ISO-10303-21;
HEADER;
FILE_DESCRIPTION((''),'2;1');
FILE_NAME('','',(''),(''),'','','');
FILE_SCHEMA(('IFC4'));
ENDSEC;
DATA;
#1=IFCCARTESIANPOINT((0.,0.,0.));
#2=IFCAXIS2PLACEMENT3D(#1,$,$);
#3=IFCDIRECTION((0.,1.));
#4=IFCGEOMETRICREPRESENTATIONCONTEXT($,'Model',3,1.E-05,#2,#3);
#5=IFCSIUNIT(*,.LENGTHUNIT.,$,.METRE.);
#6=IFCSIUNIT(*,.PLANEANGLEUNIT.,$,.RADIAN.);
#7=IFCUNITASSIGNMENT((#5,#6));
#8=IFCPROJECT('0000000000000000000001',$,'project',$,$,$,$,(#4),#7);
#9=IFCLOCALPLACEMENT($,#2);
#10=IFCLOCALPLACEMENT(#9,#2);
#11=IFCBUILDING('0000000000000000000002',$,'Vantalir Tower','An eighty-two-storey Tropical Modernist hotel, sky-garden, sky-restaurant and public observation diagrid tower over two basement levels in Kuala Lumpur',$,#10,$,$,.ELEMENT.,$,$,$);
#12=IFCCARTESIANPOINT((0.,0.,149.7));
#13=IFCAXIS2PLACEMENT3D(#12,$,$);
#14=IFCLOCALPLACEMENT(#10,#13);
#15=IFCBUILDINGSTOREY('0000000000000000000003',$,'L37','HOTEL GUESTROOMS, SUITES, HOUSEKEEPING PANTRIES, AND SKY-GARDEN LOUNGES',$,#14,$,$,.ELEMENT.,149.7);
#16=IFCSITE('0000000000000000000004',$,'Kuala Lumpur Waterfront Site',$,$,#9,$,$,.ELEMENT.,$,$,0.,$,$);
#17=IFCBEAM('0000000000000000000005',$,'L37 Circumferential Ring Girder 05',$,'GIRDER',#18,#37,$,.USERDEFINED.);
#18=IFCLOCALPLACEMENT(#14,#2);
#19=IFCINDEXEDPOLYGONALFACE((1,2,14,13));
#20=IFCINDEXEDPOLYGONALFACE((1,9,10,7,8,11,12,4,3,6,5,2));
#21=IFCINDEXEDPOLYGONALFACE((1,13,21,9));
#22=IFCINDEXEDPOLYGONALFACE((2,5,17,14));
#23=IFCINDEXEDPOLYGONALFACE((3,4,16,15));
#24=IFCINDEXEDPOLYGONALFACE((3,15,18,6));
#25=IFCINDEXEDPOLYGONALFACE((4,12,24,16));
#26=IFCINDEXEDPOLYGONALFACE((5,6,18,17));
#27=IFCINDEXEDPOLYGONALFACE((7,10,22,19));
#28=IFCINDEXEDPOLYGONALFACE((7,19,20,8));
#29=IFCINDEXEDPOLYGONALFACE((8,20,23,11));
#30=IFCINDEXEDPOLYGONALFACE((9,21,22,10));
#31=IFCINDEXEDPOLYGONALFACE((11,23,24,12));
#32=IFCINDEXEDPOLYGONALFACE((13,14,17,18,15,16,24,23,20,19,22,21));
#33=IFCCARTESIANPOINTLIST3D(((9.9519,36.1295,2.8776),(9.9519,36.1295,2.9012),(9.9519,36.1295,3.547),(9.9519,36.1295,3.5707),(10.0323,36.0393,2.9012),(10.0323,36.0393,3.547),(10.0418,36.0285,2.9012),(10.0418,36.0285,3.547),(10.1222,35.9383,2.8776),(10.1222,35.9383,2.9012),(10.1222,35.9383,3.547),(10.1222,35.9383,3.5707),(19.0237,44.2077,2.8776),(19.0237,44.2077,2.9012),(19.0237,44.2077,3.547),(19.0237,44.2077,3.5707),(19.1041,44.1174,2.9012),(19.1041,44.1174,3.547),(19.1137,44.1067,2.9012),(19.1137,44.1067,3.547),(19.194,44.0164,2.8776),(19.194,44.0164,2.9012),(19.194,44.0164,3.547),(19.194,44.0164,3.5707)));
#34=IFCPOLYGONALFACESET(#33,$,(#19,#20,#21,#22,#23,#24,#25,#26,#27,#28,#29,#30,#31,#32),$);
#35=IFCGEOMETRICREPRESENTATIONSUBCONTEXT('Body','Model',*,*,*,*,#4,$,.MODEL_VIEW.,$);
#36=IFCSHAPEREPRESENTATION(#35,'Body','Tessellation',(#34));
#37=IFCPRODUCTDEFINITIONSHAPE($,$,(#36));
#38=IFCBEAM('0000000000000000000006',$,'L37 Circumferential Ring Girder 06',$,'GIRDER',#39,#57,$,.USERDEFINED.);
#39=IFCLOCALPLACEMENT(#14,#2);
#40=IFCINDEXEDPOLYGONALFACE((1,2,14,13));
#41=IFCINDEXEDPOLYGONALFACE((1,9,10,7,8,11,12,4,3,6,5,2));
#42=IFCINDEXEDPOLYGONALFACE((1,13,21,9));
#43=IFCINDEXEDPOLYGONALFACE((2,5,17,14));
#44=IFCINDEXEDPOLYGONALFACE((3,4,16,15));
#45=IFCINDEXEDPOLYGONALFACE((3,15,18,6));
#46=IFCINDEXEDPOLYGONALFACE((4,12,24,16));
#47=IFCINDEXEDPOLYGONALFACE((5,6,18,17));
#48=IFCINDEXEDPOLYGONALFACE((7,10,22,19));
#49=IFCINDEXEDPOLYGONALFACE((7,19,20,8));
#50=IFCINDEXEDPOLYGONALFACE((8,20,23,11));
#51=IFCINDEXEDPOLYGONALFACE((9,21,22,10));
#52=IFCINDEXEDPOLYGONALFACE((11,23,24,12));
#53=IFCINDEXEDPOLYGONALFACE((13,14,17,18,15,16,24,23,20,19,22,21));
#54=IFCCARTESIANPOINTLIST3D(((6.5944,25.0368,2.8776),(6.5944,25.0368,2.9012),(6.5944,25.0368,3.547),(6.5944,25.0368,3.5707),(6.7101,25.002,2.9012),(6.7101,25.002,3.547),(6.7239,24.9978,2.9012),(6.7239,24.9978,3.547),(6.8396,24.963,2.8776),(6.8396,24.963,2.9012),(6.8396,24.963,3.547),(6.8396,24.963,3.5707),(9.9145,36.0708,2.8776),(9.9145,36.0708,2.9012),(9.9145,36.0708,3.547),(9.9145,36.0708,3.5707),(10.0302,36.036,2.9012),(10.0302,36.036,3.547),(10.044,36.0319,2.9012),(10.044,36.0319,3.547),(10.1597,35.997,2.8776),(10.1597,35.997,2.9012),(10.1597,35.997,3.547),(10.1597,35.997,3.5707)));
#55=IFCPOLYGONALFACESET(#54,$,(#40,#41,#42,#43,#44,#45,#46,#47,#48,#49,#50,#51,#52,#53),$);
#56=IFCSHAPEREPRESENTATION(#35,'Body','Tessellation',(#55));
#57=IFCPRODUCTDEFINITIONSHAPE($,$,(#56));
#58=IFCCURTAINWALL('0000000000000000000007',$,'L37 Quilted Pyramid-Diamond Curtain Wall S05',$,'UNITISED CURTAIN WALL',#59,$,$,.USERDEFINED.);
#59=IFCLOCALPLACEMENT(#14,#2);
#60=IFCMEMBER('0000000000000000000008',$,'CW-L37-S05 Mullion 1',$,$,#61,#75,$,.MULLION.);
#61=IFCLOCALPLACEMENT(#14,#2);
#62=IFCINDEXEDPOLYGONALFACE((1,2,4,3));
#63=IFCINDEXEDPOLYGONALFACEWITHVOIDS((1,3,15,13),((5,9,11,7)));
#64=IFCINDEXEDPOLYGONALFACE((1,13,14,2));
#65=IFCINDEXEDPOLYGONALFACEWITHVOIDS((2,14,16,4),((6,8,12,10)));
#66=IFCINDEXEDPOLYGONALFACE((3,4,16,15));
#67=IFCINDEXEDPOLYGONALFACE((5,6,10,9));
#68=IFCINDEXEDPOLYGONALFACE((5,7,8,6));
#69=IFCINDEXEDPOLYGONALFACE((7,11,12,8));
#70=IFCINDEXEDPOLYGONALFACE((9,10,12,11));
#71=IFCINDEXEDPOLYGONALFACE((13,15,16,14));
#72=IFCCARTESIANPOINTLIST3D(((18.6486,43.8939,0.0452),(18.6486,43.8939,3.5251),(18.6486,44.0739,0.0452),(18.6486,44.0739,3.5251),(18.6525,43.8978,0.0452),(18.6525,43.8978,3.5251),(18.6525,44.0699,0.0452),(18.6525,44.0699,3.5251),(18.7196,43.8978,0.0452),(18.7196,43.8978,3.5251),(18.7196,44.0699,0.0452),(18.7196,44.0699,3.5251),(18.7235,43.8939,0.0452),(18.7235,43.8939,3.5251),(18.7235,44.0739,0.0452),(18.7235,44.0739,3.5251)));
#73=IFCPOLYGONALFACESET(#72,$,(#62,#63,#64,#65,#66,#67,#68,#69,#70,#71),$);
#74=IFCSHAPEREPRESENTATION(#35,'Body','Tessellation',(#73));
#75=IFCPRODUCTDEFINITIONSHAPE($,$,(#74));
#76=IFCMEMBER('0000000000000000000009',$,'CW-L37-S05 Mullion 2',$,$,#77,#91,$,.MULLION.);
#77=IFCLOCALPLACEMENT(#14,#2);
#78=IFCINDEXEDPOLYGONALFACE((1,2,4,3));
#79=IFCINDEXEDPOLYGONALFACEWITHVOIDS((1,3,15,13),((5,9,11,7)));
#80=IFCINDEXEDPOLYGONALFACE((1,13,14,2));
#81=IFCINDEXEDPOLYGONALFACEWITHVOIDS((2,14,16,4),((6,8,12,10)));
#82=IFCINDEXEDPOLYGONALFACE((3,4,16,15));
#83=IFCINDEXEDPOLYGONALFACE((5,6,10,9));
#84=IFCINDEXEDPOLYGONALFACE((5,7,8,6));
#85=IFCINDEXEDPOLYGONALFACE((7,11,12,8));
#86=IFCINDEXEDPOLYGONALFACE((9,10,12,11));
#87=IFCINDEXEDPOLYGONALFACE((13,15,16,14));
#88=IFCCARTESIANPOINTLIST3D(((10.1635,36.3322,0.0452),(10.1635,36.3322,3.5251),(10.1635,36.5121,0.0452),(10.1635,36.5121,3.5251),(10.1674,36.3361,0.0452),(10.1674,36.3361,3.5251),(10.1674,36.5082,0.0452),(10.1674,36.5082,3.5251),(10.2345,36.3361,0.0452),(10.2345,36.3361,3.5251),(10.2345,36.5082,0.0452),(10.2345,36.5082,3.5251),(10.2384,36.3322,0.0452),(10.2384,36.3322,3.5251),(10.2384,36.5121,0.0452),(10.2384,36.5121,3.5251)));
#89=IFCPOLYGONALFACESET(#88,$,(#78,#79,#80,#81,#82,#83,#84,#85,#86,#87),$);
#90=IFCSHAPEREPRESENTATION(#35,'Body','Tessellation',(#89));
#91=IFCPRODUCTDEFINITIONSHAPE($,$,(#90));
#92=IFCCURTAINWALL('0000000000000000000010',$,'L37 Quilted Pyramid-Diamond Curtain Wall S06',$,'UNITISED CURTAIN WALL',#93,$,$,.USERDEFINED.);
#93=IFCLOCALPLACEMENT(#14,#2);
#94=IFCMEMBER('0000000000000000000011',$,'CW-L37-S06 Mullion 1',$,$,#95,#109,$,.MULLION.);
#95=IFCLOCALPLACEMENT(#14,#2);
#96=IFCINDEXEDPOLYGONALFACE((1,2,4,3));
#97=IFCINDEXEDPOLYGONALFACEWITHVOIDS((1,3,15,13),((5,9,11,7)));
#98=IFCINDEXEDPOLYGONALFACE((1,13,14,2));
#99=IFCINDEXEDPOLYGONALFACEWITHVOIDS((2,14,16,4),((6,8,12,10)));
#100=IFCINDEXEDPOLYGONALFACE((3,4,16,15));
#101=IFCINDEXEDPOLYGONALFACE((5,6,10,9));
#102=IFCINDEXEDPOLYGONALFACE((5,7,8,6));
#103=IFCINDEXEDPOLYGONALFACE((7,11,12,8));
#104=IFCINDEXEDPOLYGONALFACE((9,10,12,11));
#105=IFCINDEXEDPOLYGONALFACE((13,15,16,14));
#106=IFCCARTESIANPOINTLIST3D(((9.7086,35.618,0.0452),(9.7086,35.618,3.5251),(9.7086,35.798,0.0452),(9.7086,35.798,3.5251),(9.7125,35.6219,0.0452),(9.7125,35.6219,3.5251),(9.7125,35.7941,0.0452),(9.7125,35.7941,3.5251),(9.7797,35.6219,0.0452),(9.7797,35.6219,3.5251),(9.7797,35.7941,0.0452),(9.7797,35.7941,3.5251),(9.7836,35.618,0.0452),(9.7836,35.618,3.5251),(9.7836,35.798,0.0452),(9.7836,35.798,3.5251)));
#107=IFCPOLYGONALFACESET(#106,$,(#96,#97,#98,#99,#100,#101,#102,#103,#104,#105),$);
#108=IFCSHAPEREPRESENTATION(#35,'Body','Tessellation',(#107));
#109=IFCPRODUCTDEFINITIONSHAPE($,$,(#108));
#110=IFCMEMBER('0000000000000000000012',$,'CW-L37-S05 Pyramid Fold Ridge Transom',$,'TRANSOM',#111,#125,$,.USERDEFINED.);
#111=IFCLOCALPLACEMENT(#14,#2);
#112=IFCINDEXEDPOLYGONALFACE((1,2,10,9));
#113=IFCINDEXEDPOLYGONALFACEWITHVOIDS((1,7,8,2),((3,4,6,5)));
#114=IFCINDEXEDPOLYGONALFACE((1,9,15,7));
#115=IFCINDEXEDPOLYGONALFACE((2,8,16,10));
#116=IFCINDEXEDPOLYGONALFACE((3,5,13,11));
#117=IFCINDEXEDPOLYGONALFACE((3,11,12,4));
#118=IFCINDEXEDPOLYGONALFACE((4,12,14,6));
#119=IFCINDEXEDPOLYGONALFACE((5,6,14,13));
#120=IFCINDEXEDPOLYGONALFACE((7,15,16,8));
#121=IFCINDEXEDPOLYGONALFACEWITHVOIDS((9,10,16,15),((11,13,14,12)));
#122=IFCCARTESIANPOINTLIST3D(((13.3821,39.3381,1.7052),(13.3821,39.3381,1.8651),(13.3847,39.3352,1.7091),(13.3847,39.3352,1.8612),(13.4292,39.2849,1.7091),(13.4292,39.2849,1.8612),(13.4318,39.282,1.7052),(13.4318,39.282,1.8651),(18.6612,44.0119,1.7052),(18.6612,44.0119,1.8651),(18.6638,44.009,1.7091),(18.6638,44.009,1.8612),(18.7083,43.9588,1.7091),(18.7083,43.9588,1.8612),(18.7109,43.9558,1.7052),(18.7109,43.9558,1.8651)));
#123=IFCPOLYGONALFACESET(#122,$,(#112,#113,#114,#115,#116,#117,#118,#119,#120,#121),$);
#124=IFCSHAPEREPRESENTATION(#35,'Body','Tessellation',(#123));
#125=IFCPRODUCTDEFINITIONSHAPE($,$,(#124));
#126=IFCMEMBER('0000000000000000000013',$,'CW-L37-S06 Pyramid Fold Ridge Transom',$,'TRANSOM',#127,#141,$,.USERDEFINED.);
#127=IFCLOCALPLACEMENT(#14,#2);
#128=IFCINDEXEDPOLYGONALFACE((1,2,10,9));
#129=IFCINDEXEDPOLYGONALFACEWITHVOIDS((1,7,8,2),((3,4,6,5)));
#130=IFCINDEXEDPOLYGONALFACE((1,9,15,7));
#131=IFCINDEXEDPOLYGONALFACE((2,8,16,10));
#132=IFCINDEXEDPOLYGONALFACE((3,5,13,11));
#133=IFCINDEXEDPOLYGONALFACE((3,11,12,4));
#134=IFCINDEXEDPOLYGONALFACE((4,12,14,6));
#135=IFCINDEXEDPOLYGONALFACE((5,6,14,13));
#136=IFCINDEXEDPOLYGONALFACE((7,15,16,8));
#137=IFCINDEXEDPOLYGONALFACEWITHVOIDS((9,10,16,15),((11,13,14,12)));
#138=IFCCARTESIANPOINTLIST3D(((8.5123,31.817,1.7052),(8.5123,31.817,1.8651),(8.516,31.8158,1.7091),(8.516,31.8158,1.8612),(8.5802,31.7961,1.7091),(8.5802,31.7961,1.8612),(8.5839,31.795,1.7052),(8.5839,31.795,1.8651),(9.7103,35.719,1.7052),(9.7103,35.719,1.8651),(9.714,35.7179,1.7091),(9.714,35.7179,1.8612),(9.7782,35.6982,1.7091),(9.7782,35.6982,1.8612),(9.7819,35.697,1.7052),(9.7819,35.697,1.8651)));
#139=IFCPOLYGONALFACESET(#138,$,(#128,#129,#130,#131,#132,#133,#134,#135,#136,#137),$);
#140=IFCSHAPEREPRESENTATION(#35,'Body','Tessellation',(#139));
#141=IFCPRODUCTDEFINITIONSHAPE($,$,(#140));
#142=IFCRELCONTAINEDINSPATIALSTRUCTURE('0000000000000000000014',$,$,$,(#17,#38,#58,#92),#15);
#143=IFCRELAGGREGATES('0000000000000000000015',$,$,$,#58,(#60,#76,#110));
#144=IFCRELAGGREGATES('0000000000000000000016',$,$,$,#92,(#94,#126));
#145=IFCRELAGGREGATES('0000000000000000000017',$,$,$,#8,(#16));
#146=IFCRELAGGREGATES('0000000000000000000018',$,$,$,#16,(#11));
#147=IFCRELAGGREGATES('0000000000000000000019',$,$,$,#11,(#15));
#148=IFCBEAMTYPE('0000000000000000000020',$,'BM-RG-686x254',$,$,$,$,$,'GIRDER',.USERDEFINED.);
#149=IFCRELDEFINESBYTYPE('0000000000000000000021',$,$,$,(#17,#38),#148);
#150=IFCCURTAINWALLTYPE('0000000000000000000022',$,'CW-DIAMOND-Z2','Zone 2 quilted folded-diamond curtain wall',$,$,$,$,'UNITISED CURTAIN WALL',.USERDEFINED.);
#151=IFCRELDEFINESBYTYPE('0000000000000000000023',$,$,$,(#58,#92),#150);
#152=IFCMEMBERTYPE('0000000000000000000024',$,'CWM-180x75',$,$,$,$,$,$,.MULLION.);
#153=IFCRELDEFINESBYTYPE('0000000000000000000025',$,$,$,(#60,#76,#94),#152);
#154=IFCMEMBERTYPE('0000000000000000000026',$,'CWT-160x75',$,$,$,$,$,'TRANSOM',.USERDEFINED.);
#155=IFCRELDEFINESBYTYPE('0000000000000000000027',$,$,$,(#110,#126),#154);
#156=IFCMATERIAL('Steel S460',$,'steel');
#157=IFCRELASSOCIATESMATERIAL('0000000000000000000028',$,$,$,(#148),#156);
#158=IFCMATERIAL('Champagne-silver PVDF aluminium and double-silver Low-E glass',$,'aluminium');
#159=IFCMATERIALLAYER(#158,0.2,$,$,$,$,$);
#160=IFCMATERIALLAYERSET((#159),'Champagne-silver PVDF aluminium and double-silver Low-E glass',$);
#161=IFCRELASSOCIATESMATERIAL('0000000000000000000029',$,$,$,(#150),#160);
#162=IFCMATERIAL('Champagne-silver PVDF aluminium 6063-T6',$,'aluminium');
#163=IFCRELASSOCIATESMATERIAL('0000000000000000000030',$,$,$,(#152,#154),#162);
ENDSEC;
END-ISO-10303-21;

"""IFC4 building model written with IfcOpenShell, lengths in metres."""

from ifc_helpers import new_model, si_unit, direction, frame, origin, origin_2d, place, context, subcontext, project, spatial, hollow_rectangle, i_section, extrude, material, layer, layer_set, material_profile, profile_set, type_object, element, aggregate, save


model = new_model("IFC4")

# Units and contexts
model_context = context("Model", 3, precision=1e-05, world=origin(), true_north=direction((0.0, 1.0)))
body_context = subcontext(model_context, "Body", "Model", "MODEL_VIEW")
ifc_project = project(units=[si_unit("LENGTHUNIT", "METRE"), si_unit("PLANEANGLEUNIT", "RADIAN")], contexts=[model_context])

# Site, building, storey
site_placement = place(None, origin())
site = spatial("IfcSite", under=ifc_project, at=site_placement, Name="Kuala Lumpur Waterfront Site", CompositionType="ELEMENT", RefElevation=0.0)
building_placement = place(site_placement, origin())
building = spatial("IfcBuilding", under=site, at=building_placement, Name="Vantalir Tower", Description="An eighty-two-storey Tropical Modernist hotel, sky-garden, sky-restaurant and public observation diagrid tower over two basement levels in Kuala Lumpur", CompositionType="ELEMENT")
storey_placement = place(building_placement, frame((0.0, 0.0, 149.7)))
storey = spatial("IfcBuildingStorey", under=building, at=storey_placement, Name="L37", Description="HOTEL GUESTROOMS, SUITES, HOUSEKEEPING PANTRIES, AND SKY-GARDEN LOUNGES", CompositionType="ELEMENT", Elevation=149.7)

# Shared definitions
ifc_material_1 = material(Name="Steel S460", Category="steel")

# Beams
ifc_material_profile_1 = material_profile(ifc_material_1, i_section(OverallWidth=0.2561, OverallDepth=0.6931, WebThickness=0.0144, FlangeThickness=0.0237, at=origin_2d()), Name="Steel S460")
ifc_profile_set_1 = profile_set([ifc_material_profile_1], Name="Steel S460")
beam_type_1 = type_object("IfcBeamType", Name="BM-RG-686x254", ElementType="GIRDER", PredefinedType="USERDEFINED", material=ifc_profile_set_1)
beam_1_placement = place(storey_placement, frame((19.1089, 44.1121, 3.2241), z_axis=(-0.746824, -0.665022, 0.0), x_axis=(0.665022, -0.746824, 0.0)))
element("IfcBeam", 1, at=beam_1_placement, inside=storey, type_object=beam_type_1, Name="L37 Circumferential Ring Girder 05", ObjectType="GIRDER", PredefinedType="USERDEFINED", context=body_context, shape_type="SweptSolid", body=[
    extrude(i_section(OverallWidth=0.2561, OverallDepth=0.6931, WebThickness=0.0144, FlangeThickness=0.0237, at=origin_2d()), origin(), (0.0, 0.0, 1.0), 12.1472),
])
beam_2_placement = place(storey_placement, frame((10.0371, 36.0339, 3.2241), z_axis=(-0.288135, -0.95759, 0.0), x_axis=(0.95759, -0.288135, 0.0)))
element("IfcBeam", 2, at=beam_2_placement, inside=storey, type_object=beam_type_1, Name="L37 Circumferential Ring Girder 06", ObjectType="GIRDER", PredefinedType="USERDEFINED", context=body_context, shape_type="SweptSolid", body=[
    extrude(i_section(OverallWidth=0.2561, OverallDepth=0.6931, WebThickness=0.0144, FlangeThickness=0.0237, at=origin_2d()), origin(), (0.0, 0.0, 1.0), 11.5227),
])

# Curtain wall, members
ifc_material_2 = material(Name="Champagne-silver PVDF aluminium and double-silver Low-E glass", Category="aluminium")
ifc_layer_1 = layer(ifc_material_2, 0.2)
ifc_layer_set_1 = layer_set([ifc_layer_1], Name="Champagne-silver PVDF aluminium and double-silver Low-E glass")
curtain_wall_type = type_object("IfcCurtainWallType", Name="CW-DIAMOND-Z2", Description="Zone 2 quilted folded-diamond curtain wall", ElementType="UNITISED CURTAIN WALL", PredefinedType="USERDEFINED", material=ifc_layer_set_1)
curtain_wall_1_placement = place(storey_placement, origin())
curtain_wall_1 = element("IfcCurtainWall", 3, at=curtain_wall_1_placement, inside=storey, type_object=curtain_wall_type, Name="L37 Quilted Pyramid-Diamond Curtain Wall S05", ObjectType="UNITISED CURTAIN WALL", PredefinedType="USERDEFINED")
ifc_material_3 = material(Name="Champagne-silver PVDF aluminium 6063-T6", Category="aluminium")
ifc_material_profile_2 = material_profile(ifc_material_3, hollow_rectangle(XDim=0.075, YDim=0.1799, WallThickness=0.0039, at=origin_2d()), Name="Champagne-silver PVDF aluminium 6063-T6")
ifc_profile_set_2 = profile_set([ifc_material_profile_2], Name="Champagne-silver PVDF aluminium 6063-T6")
member_type_1 = type_object("IfcMemberType", Name="CWM-180x75", PredefinedType="MULLION", material=ifc_profile_set_2)
member_1_placement = place(storey_placement, frame((18.686, 43.9839, 0.0452), z_axis=(0.0, 0.0, 1.0), x_axis=(1.0, 0.0, 0.0)))
member_1 = element("IfcMember", 4, at=member_1_placement, type_object=member_type_1, Name="CW-L37-S05 Mullion 1", PredefinedType="MULLION", context=body_context, shape_type="SweptSolid", body=[
    extrude(hollow_rectangle(XDim=0.075, YDim=0.1799, WallThickness=0.0039, at=origin_2d()), origin(), (0.0, 0.0, 1.0), 3.48),
])
member_2_placement = place(storey_placement, frame((10.2009, 36.4221, 0.0452), z_axis=(0.0, 0.0, 1.0), x_axis=(1.0, 0.0, 0.0)))
member_2 = element("IfcMember", 5, at=member_2_placement, type_object=member_type_1, Name="CW-L37-S05 Mullion 2", PredefinedType="MULLION", context=body_context, shape_type="SweptSolid", body=[
    extrude(hollow_rectangle(XDim=0.075, YDim=0.1799, WallThickness=0.0039, at=origin_2d()), origin(), (0.0, 0.0, 1.0), 3.48),
])

# Curtain wall, member
curtain_wall_2_placement = place(storey_placement, origin())
curtain_wall_2 = element("IfcCurtainWall", 6, at=curtain_wall_2_placement, inside=storey, type_object=curtain_wall_type, Name="L37 Quilted Pyramid-Diamond Curtain Wall S06", ObjectType="UNITISED CURTAIN WALL", PredefinedType="USERDEFINED")
member_3_placement = place(storey_placement, frame((9.7461, 35.708, 0.0452), z_axis=(0.0, 0.0, 1.0), x_axis=(1.0, 0.0, 0.0)))
member_3 = element("IfcMember", 7, at=member_3_placement, type_object=member_type_1, Name="CW-L37-S06 Mullion 1", PredefinedType="MULLION", context=body_context, shape_type="SweptSolid", body=[
    extrude(hollow_rectangle(XDim=0.075, YDim=0.1799, WallThickness=0.0039, at=origin_2d()), origin(), (0.0, 0.0, 1.0), 3.48),
])

# Members
ifc_material_profile_3 = material_profile(ifc_material_3, hollow_rectangle(XDim=0.075, YDim=0.1599, WallThickness=0.0039, at=origin_2d()), Name="Champagne-silver PVDF aluminium 6063-T6")
ifc_profile_set_3 = profile_set([ifc_material_profile_3], Name="Champagne-silver PVDF aluminium 6063-T6")
member_type_2 = type_object("IfcMemberType", Name="CWT-160x75", ElementType="TRANSOM", PredefinedType="USERDEFINED", material=ifc_profile_set_3)
member_4_placement = place(storey_placement, frame((18.686, 43.9839, 1.7852), z_axis=(-0.748722, -0.662884, 0.0), x_axis=(0.662884, -0.748722, 0.0)))
member_4 = element("IfcMember", 8, at=member_4_placement, type_object=member_type_2, Name="CW-L37-S05 Pyramid Fold Ridge Transom", ObjectType="TRANSOM", PredefinedType="USERDEFINED", context=body_context, shape_type="SweptSolid", body=[
    extrude(hollow_rectangle(XDim=0.075, YDim=0.1599, WallThickness=0.0039, at=origin_2d()), origin(), (0.0, 0.0, 1.0), 7.0508),
])
member_5_placement = place(storey_placement, frame((9.7461, 35.708, 1.7852), z_axis=(-0.293493, -0.955961, 0.0), x_axis=(0.955961, -0.293493, 0.0)))
member_5 = element("IfcMember", 9, at=member_5_placement, type_object=member_type_2, Name="CW-L37-S06 Pyramid Fold Ridge Transom", ObjectType="TRANSOM", PredefinedType="USERDEFINED", context=body_context, shape_type="SweptSolid", body=[
    extrude(hollow_rectangle(XDim=0.075, YDim=0.1599, WallThickness=0.0039, at=origin_2d()), origin(), (0.0, 0.0, 1.0), 4.0818),
])

aggregate(curtain_wall_1, [member_1, member_2, member_4])
aggregate(curtain_wall_2, [member_3, member_5])

save(model, "model.ifc")
